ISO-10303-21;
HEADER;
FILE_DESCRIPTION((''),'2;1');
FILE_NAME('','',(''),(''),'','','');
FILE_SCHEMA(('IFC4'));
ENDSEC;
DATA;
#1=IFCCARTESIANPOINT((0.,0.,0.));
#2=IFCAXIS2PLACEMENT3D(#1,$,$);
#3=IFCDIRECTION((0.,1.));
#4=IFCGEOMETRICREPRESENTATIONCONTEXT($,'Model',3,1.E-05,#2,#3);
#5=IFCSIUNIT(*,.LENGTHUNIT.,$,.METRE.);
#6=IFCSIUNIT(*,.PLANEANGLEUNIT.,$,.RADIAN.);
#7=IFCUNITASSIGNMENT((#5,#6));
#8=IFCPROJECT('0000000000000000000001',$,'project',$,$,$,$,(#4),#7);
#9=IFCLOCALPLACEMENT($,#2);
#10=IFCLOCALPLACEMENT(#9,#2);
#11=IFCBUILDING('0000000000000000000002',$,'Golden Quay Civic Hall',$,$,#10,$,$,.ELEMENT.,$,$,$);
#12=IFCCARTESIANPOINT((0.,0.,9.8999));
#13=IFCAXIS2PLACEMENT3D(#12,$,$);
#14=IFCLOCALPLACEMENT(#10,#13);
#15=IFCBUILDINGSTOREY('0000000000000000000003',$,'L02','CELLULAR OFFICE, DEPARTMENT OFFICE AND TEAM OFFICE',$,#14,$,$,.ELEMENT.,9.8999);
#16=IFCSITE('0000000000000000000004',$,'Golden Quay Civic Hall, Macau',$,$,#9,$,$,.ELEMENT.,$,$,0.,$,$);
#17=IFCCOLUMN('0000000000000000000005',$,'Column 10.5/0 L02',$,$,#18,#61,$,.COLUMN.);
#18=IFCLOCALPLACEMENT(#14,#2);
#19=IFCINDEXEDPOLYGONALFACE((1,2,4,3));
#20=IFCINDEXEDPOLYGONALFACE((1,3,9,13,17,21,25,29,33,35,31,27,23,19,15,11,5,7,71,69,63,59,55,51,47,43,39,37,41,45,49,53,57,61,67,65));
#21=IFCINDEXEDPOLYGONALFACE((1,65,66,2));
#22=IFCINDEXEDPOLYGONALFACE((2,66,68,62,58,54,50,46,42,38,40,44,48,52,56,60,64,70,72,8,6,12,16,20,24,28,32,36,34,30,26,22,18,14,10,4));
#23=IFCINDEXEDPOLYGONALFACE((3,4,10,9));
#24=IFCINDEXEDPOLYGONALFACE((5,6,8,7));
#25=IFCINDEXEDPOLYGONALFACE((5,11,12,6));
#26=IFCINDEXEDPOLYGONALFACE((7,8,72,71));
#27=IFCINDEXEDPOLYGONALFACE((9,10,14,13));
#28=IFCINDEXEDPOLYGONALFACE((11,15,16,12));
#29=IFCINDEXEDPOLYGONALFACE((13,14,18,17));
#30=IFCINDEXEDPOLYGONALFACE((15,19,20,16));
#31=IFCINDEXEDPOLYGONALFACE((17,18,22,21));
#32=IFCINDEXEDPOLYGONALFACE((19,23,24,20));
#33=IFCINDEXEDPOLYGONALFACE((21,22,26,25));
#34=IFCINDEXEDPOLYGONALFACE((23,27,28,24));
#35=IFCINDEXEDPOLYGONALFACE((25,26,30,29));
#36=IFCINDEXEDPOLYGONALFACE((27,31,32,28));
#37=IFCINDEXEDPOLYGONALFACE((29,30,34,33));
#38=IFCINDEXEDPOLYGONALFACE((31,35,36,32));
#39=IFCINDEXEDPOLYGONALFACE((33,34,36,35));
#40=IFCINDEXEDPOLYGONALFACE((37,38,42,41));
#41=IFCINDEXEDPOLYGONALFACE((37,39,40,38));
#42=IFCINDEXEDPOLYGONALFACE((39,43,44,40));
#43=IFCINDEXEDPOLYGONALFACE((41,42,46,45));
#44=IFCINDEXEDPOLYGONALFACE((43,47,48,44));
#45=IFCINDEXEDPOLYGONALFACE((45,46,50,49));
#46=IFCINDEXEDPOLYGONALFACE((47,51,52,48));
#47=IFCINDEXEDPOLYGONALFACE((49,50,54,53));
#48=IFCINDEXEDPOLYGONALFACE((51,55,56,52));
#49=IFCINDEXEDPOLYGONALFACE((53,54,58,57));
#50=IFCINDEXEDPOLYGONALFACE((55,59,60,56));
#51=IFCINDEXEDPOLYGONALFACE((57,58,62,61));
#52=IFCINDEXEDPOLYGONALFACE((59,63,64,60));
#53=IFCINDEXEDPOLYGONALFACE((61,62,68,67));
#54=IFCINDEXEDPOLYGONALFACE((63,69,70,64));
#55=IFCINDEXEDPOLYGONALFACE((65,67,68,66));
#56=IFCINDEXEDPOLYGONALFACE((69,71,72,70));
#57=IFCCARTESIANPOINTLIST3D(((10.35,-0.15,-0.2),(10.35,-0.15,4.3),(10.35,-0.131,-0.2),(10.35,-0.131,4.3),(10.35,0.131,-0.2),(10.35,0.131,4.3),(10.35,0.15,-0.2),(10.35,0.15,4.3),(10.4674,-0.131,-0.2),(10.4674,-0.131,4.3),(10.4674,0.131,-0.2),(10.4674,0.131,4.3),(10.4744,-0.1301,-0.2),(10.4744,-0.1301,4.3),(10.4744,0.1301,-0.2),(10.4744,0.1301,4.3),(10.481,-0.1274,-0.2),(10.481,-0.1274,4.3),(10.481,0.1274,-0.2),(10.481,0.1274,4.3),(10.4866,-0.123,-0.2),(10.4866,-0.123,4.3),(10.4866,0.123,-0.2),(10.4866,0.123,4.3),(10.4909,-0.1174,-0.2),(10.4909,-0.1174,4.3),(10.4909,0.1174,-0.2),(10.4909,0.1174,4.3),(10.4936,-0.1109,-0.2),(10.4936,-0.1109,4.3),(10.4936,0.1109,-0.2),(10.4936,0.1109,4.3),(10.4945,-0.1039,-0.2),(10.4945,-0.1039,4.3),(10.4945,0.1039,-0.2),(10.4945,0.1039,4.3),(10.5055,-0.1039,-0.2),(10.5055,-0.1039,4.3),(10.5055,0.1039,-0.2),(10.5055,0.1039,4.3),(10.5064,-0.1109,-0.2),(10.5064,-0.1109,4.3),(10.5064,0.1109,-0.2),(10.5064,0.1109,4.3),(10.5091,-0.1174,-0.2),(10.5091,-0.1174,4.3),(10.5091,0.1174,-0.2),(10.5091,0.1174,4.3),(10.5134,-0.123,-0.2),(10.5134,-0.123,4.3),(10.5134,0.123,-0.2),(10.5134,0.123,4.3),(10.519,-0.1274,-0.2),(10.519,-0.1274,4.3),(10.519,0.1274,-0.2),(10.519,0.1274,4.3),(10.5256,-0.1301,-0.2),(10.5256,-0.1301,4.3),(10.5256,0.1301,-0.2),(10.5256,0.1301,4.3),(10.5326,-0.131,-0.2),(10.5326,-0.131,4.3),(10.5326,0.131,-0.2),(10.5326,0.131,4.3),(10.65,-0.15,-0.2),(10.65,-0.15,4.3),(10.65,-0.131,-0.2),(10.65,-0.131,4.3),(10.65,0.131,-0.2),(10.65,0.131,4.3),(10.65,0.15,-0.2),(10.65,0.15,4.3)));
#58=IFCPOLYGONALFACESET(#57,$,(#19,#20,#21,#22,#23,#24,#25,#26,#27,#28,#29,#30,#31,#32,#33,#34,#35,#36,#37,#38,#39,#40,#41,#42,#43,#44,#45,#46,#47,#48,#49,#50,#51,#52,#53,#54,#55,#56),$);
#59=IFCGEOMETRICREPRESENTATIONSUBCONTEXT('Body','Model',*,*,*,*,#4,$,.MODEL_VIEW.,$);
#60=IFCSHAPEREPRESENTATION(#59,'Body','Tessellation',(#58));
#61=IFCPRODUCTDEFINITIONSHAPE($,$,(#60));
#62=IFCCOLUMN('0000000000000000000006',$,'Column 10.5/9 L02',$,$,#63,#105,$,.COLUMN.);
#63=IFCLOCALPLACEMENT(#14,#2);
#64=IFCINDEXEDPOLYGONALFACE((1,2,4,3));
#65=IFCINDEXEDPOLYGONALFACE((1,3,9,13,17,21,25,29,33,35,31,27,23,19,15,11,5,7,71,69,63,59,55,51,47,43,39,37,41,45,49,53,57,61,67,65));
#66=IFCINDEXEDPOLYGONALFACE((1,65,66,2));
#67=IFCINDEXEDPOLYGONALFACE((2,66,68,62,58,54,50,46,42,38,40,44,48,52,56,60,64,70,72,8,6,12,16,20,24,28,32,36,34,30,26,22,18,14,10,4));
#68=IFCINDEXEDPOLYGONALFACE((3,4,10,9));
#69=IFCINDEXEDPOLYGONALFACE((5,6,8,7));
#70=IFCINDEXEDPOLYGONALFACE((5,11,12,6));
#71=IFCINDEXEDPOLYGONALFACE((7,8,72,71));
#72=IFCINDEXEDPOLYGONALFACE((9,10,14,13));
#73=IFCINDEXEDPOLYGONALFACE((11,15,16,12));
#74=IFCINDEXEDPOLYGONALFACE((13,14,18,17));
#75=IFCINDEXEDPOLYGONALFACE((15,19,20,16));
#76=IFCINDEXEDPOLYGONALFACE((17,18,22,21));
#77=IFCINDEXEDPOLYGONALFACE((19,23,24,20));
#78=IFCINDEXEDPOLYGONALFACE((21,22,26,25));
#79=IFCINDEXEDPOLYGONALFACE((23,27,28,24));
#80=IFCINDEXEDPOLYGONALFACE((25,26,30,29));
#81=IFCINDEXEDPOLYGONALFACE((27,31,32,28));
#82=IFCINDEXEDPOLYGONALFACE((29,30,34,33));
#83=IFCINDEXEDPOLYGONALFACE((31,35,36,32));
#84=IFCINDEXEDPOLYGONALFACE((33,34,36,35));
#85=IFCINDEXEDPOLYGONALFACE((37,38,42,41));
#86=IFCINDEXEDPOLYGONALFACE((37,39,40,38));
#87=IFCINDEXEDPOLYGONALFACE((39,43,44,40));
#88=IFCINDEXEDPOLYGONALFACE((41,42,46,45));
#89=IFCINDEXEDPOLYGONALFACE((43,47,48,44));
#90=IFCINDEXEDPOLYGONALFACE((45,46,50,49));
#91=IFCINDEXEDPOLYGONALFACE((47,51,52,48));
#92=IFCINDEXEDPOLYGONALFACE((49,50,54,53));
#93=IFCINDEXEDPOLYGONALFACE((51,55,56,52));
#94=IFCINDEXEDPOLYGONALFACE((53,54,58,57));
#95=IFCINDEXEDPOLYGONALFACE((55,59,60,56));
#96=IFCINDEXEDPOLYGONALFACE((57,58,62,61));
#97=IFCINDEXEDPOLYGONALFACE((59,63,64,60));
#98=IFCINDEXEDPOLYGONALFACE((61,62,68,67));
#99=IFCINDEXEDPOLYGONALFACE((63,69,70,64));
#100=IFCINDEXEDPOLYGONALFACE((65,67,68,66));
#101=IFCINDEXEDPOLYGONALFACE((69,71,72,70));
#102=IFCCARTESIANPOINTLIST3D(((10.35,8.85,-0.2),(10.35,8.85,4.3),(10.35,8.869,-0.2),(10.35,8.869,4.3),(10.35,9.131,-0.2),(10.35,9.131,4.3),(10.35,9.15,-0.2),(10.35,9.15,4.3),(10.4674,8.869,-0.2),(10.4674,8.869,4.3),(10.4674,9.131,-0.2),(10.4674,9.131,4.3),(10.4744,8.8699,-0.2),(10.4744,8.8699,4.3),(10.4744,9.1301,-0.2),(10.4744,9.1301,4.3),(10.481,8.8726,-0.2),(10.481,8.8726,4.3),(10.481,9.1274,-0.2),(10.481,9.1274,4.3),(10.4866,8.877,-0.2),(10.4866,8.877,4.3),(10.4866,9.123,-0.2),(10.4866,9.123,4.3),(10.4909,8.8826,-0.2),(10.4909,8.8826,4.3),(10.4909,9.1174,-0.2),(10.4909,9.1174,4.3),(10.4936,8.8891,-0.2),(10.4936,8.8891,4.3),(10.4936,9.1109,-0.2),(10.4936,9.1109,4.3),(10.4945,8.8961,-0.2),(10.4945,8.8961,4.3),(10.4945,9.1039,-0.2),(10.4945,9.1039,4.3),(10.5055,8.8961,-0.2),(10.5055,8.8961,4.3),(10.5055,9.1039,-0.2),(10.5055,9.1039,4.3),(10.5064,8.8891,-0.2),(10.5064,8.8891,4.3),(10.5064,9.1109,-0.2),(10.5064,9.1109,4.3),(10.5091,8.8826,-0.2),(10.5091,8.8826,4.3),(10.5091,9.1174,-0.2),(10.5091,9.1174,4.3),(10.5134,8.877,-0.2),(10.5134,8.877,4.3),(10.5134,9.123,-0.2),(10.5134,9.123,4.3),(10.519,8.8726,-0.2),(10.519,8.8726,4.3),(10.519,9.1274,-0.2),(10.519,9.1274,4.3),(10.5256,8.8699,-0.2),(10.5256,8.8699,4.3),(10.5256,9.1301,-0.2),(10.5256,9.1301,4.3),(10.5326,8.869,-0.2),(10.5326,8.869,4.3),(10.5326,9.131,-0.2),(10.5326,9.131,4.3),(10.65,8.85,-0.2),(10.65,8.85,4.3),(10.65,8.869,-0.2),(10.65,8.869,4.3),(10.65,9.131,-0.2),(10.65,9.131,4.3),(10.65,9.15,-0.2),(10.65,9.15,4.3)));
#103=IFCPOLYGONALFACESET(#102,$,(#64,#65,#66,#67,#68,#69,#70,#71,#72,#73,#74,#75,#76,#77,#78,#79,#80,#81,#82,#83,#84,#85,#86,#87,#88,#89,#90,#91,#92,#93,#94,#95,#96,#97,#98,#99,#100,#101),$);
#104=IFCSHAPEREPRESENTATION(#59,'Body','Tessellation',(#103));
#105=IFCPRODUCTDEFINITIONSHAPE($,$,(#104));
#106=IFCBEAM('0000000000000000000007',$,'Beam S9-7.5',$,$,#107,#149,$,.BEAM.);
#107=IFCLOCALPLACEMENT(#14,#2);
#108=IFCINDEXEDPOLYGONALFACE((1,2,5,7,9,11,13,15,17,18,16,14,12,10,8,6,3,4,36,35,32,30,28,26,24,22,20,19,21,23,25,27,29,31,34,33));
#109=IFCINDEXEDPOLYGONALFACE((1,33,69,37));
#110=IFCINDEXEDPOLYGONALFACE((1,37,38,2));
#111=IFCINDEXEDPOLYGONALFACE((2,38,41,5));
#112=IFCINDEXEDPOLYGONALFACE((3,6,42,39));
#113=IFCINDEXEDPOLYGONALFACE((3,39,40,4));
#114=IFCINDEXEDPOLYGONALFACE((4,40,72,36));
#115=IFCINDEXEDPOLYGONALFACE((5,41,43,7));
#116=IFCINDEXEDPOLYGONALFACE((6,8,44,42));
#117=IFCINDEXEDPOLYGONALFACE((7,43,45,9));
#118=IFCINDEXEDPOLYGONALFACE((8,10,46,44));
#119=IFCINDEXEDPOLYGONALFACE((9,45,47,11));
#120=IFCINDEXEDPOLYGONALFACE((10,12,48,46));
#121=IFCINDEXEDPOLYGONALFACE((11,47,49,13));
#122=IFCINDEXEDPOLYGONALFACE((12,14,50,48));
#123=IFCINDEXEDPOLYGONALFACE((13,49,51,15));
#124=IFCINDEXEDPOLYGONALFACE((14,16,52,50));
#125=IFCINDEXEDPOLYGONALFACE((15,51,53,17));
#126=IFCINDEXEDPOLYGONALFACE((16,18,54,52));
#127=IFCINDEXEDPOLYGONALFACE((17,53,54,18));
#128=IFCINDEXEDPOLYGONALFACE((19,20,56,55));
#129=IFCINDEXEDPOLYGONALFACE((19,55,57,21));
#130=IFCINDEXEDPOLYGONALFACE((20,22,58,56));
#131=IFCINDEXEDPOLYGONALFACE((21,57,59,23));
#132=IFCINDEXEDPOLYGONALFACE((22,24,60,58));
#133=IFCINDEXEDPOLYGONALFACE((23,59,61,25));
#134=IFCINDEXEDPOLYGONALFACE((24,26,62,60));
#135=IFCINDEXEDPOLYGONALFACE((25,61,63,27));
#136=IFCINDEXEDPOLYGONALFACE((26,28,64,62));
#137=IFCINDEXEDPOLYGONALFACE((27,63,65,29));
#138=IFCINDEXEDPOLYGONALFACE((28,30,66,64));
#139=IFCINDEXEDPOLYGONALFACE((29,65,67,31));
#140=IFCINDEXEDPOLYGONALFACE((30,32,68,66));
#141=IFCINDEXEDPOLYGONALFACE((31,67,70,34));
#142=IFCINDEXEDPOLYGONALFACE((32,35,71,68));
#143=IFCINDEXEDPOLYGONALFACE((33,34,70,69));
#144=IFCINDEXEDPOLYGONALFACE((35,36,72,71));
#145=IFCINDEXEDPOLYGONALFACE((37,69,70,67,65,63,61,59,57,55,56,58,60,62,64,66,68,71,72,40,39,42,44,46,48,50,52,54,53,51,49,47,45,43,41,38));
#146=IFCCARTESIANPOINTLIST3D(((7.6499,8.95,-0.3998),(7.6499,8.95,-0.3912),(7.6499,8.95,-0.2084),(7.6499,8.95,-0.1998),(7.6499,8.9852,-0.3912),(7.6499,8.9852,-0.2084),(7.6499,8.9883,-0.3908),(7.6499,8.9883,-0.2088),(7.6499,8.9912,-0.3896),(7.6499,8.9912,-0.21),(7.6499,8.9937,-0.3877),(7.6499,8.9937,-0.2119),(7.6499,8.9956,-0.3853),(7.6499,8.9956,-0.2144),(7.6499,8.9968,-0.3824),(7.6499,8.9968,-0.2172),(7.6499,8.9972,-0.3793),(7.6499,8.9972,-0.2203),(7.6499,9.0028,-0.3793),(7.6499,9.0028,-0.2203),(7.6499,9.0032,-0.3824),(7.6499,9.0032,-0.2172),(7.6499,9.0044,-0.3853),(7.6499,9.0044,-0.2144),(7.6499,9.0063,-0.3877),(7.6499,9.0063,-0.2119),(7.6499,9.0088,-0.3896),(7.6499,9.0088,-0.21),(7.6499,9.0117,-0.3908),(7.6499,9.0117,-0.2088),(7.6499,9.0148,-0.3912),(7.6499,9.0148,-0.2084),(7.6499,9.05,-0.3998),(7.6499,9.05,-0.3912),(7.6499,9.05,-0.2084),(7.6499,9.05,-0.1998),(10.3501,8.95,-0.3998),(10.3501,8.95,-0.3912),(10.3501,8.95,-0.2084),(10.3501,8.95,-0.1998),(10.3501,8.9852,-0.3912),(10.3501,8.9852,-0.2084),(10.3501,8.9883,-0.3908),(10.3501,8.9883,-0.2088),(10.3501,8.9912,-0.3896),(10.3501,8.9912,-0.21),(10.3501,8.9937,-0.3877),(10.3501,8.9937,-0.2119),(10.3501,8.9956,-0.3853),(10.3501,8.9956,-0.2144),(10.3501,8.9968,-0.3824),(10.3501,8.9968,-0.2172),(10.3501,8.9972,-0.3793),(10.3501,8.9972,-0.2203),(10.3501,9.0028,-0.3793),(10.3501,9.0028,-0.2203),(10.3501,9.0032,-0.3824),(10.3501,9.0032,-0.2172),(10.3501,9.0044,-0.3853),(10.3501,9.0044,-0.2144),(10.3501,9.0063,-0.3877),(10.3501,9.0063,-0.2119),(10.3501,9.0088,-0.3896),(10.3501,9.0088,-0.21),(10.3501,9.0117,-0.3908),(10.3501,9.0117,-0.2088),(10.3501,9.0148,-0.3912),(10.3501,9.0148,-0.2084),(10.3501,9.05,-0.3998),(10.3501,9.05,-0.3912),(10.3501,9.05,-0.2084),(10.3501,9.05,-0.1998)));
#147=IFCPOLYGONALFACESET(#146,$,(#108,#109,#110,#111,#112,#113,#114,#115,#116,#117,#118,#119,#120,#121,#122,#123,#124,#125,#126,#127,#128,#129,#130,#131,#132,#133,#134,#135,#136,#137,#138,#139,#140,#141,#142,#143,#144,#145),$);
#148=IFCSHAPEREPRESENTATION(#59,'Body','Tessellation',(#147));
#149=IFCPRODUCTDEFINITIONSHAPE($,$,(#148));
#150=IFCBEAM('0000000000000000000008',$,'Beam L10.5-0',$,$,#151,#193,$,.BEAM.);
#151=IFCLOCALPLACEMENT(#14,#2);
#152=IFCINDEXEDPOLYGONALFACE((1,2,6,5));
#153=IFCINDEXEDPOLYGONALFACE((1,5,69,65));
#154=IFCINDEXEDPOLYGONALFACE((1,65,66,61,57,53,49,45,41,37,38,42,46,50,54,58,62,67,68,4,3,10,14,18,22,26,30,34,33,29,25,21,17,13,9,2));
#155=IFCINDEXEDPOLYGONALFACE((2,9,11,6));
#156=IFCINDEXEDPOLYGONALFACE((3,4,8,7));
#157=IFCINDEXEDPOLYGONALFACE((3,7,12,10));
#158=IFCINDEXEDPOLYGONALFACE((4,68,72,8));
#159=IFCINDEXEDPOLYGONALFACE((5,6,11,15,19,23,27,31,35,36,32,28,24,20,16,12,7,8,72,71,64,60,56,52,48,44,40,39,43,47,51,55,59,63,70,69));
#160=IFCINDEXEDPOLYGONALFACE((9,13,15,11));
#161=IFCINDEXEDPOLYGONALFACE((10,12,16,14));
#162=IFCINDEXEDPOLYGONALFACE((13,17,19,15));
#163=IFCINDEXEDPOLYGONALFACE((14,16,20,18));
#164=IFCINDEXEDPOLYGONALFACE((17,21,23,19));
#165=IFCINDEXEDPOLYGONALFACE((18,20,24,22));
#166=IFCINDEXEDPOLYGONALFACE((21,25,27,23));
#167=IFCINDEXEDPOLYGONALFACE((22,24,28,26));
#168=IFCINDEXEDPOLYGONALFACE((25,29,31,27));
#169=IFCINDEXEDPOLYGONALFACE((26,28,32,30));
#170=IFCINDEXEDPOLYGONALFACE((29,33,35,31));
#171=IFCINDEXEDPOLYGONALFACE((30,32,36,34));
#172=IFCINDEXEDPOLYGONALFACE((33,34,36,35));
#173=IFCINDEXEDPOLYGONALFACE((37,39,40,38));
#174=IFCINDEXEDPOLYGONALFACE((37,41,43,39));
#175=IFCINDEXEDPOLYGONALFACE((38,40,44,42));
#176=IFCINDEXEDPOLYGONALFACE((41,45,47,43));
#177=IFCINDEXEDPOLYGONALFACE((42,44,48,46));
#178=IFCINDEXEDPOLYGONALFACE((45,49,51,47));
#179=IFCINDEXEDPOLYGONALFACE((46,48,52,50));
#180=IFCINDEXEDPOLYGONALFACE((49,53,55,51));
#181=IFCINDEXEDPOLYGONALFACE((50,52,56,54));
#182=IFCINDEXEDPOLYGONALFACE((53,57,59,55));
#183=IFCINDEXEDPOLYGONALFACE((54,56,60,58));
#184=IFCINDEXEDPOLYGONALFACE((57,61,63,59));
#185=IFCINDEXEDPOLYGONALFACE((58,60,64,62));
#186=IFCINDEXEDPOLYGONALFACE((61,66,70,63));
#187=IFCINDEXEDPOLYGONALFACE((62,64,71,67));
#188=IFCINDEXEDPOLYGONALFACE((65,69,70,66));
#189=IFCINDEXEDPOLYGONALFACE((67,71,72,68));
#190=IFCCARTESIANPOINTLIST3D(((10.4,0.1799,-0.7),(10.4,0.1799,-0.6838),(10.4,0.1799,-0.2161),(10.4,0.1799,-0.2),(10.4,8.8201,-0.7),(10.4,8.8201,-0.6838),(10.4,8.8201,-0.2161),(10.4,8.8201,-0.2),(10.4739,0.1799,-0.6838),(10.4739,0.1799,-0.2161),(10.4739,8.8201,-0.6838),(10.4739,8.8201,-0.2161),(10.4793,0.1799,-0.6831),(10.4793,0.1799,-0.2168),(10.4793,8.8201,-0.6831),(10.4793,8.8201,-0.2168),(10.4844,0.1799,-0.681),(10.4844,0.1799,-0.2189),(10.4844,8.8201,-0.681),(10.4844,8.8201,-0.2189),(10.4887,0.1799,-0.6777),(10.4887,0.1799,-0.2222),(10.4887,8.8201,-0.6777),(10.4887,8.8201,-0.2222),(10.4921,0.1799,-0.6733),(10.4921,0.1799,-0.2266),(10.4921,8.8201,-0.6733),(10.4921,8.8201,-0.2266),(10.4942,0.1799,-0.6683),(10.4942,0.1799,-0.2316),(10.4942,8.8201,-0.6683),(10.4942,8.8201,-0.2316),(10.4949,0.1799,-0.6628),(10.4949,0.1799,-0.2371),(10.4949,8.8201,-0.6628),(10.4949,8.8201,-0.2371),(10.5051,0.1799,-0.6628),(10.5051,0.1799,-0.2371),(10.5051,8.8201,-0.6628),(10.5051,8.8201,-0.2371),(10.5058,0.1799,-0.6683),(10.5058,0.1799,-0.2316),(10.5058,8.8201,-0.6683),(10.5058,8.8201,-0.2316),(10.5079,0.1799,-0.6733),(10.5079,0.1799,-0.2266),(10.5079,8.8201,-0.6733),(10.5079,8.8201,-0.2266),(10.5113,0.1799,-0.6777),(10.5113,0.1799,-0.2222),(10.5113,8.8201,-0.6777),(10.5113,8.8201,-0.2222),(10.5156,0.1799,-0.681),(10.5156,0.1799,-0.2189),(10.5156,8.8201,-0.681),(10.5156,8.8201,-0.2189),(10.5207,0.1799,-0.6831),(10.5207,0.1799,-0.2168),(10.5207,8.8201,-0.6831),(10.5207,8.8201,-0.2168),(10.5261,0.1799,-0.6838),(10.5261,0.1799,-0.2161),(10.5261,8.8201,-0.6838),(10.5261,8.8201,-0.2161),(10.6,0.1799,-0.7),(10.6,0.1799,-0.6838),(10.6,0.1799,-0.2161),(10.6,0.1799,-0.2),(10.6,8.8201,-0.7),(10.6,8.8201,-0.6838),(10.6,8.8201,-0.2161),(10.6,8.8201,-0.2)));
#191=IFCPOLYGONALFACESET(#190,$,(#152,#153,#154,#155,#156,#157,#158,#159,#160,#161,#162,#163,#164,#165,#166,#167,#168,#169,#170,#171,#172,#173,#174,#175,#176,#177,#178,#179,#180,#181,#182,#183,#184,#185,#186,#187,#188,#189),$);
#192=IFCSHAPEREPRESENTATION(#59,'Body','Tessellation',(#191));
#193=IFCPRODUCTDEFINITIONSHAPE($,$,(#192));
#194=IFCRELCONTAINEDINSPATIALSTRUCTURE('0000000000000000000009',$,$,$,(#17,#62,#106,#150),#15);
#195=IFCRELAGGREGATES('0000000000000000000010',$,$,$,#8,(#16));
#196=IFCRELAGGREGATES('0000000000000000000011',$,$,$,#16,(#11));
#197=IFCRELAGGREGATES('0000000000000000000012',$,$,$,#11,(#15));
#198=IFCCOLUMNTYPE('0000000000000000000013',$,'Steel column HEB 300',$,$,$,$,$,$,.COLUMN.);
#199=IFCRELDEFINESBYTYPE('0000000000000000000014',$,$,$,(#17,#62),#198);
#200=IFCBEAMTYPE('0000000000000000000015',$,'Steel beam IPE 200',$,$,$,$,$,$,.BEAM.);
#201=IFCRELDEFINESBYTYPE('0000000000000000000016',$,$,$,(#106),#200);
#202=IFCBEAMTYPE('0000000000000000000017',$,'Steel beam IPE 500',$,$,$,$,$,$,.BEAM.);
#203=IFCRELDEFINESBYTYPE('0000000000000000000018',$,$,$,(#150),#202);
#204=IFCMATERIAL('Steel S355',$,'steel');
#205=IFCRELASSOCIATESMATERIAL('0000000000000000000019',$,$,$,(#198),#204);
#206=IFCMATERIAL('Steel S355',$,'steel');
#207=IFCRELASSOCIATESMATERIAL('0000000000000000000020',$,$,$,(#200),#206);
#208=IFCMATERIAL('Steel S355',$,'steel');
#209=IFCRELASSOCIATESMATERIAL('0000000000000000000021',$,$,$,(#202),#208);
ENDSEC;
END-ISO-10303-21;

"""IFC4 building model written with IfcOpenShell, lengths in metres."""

from ifc_helpers import new_model, si_unit, direction, frame, origin, origin_2d, place, context, subcontext, project, spatial, i_section, extrude, material, material_profile, profile_set, type_object, element, save


model = new_model("IFC4")

# Units and contexts
model_context = context("Model", 3, precision=1e-05, world=origin(), true_north=direction((0.0, 1.0)))
body_context = subcontext(model_context, "Body", "Model", "MODEL_VIEW")
ifc_project = project(units=[si_unit("LENGTHUNIT", "METRE"), si_unit("PLANEANGLEUNIT", "RADIAN")], contexts=[model_context])

# Site, building, storey
site_placement = place(None, origin())
site = spatial("IfcSite", under=ifc_project, at=site_placement, Name="Golden Quay Civic Hall, Macau", CompositionType="ELEMENT", RefElevation=0.0)
building_placement = place(site_placement, origin())
building = spatial("IfcBuilding", under=site, at=building_placement, Name="Golden Quay Civic Hall", CompositionType="ELEMENT")
storey_placement = place(building_placement, frame((0.0, 0.0, 9.8999)))
storey = spatial("IfcBuildingStorey", under=building, at=storey_placement, Name="L02", Description="CELLULAR OFFICE, DEPARTMENT OFFICE AND TEAM OFFICE", CompositionType="ELEMENT", Elevation=9.8999)

# Columns
ifc_material_1 = material(Name="Steel S355", Category="steel")
ifc_material_profile_1 = material_profile(ifc_material_1, i_section(OverallWidth=0.3, OverallDepth=0.3, WebThickness=0.011, FlangeThickness=0.019, FilletRadius=0.0271, at=origin_2d()), Name="HEB 300")
ifc_profile_set_1 = profile_set([ifc_material_profile_1], Name="Steel S355")
column_type = type_object("IfcColumnType", Name="Steel column HEB 300", PredefinedType="COLUMN", material=ifc_profile_set_1)
for number, where, z_axis, x_axis, name in (
    (1, (10.5, 0.0, -0.2), (0.0, 0.0, 1.0), (1.0, 0.0, 0.0), "Column 10.5/0 L02"),
    (2, (10.5, 9.0, -0.2), (0.0, 0.0, 1.0), (1.0, 0.0, 0.0), "Column 10.5/9 L02"),
):
    element("IfcColumn", number, at=place(storey_placement, frame(where, z_axis=z_axis, x_axis=x_axis)), inside=storey, type_object=column_type, Name=name, PredefinedType="COLUMN", context=body_context, shape_type="SweptSolid", body=[
        extrude(i_section(OverallWidth=0.3, OverallDepth=0.3, WebThickness=0.011, FlangeThickness=0.019, FilletRadius=0.0271, at=origin_2d()), origin(), (0.0, 0.0, 1.0), 4.5),
    ])

# Beams
ifc_material_2 = material(Name="Steel S355", Category="steel")
ifc_material_profile_2 = material_profile(ifc_material_2, i_section(OverallWidth=0.1001, OverallDepth=0.2, WebThickness=0.0056, FlangeThickness=0.0085, FilletRadius=0.012, at=origin_2d()), Name="IPE 200")
ifc_profile_set_2 = profile_set([ifc_material_profile_2], Name="Steel S355")
beam_type_1 = type_object("IfcBeamType", Name="Steel beam IPE 200", PredefinedType="BEAM", material=ifc_profile_set_2)
beam_placement = place(storey_placement, frame((7.6499, 9.0, -0.2998), z_axis=(1.0, 0.0, 0.0), x_axis=(0.0, 1.0, 0.0)))
element("IfcBeam", 3, at=beam_placement, inside=storey, type_object=beam_type_1, Name="Beam S9-7.5", PredefinedType="BEAM", context=body_context, shape_type="SweptSolid", body=[
    extrude(i_section(OverallWidth=0.1001, OverallDepth=0.2, WebThickness=0.0056, FlangeThickness=0.0085, FilletRadius=0.012, at=origin_2d()), origin(), (0.0, 0.0, 1.0), 2.7002),
])
ifc_material_3 = material(Name="Steel S355", Category="steel")
ifc_material_profile_3 = material_profile(ifc_material_3, i_section(OverallWidth=0.2, OverallDepth=0.5, WebThickness=0.0103, FlangeThickness=0.0161, FilletRadius=0.021, at=origin_2d()), Name="IPE 500")
ifc_profile_set_3 = profile_set([ifc_material_profile_3], Name="Steel S355")
beam_type_2 = type_object("IfcBeamType", Name="Steel beam IPE 500", PredefinedType="BEAM", material=ifc_profile_set_3)
for number, where, z_axis, x_axis, name in (
    (4, (10.5, 0.1799, -0.45), (0.0, 1.0, 0.0), (-1.0, 0.0, 0.0), "Beam L10.5-0"),
):
    element("IfcBeam", number, at=place(storey_placement, frame(where, z_axis=z_axis, x_axis=x_axis)), inside=storey, type_object=beam_type_2, Name=name, PredefinedType="BEAM", context=body_context, shape_type="SweptSolid", body=[
        extrude(i_section(OverallWidth=0.2, OverallDepth=0.5, WebThickness=0.0103, FlangeThickness=0.0161, FilletRadius=0.021, at=origin_2d()), origin(), (0.0, 0.0, 1.0), 8.6401),
    ])

save(model, "model.ifc")
